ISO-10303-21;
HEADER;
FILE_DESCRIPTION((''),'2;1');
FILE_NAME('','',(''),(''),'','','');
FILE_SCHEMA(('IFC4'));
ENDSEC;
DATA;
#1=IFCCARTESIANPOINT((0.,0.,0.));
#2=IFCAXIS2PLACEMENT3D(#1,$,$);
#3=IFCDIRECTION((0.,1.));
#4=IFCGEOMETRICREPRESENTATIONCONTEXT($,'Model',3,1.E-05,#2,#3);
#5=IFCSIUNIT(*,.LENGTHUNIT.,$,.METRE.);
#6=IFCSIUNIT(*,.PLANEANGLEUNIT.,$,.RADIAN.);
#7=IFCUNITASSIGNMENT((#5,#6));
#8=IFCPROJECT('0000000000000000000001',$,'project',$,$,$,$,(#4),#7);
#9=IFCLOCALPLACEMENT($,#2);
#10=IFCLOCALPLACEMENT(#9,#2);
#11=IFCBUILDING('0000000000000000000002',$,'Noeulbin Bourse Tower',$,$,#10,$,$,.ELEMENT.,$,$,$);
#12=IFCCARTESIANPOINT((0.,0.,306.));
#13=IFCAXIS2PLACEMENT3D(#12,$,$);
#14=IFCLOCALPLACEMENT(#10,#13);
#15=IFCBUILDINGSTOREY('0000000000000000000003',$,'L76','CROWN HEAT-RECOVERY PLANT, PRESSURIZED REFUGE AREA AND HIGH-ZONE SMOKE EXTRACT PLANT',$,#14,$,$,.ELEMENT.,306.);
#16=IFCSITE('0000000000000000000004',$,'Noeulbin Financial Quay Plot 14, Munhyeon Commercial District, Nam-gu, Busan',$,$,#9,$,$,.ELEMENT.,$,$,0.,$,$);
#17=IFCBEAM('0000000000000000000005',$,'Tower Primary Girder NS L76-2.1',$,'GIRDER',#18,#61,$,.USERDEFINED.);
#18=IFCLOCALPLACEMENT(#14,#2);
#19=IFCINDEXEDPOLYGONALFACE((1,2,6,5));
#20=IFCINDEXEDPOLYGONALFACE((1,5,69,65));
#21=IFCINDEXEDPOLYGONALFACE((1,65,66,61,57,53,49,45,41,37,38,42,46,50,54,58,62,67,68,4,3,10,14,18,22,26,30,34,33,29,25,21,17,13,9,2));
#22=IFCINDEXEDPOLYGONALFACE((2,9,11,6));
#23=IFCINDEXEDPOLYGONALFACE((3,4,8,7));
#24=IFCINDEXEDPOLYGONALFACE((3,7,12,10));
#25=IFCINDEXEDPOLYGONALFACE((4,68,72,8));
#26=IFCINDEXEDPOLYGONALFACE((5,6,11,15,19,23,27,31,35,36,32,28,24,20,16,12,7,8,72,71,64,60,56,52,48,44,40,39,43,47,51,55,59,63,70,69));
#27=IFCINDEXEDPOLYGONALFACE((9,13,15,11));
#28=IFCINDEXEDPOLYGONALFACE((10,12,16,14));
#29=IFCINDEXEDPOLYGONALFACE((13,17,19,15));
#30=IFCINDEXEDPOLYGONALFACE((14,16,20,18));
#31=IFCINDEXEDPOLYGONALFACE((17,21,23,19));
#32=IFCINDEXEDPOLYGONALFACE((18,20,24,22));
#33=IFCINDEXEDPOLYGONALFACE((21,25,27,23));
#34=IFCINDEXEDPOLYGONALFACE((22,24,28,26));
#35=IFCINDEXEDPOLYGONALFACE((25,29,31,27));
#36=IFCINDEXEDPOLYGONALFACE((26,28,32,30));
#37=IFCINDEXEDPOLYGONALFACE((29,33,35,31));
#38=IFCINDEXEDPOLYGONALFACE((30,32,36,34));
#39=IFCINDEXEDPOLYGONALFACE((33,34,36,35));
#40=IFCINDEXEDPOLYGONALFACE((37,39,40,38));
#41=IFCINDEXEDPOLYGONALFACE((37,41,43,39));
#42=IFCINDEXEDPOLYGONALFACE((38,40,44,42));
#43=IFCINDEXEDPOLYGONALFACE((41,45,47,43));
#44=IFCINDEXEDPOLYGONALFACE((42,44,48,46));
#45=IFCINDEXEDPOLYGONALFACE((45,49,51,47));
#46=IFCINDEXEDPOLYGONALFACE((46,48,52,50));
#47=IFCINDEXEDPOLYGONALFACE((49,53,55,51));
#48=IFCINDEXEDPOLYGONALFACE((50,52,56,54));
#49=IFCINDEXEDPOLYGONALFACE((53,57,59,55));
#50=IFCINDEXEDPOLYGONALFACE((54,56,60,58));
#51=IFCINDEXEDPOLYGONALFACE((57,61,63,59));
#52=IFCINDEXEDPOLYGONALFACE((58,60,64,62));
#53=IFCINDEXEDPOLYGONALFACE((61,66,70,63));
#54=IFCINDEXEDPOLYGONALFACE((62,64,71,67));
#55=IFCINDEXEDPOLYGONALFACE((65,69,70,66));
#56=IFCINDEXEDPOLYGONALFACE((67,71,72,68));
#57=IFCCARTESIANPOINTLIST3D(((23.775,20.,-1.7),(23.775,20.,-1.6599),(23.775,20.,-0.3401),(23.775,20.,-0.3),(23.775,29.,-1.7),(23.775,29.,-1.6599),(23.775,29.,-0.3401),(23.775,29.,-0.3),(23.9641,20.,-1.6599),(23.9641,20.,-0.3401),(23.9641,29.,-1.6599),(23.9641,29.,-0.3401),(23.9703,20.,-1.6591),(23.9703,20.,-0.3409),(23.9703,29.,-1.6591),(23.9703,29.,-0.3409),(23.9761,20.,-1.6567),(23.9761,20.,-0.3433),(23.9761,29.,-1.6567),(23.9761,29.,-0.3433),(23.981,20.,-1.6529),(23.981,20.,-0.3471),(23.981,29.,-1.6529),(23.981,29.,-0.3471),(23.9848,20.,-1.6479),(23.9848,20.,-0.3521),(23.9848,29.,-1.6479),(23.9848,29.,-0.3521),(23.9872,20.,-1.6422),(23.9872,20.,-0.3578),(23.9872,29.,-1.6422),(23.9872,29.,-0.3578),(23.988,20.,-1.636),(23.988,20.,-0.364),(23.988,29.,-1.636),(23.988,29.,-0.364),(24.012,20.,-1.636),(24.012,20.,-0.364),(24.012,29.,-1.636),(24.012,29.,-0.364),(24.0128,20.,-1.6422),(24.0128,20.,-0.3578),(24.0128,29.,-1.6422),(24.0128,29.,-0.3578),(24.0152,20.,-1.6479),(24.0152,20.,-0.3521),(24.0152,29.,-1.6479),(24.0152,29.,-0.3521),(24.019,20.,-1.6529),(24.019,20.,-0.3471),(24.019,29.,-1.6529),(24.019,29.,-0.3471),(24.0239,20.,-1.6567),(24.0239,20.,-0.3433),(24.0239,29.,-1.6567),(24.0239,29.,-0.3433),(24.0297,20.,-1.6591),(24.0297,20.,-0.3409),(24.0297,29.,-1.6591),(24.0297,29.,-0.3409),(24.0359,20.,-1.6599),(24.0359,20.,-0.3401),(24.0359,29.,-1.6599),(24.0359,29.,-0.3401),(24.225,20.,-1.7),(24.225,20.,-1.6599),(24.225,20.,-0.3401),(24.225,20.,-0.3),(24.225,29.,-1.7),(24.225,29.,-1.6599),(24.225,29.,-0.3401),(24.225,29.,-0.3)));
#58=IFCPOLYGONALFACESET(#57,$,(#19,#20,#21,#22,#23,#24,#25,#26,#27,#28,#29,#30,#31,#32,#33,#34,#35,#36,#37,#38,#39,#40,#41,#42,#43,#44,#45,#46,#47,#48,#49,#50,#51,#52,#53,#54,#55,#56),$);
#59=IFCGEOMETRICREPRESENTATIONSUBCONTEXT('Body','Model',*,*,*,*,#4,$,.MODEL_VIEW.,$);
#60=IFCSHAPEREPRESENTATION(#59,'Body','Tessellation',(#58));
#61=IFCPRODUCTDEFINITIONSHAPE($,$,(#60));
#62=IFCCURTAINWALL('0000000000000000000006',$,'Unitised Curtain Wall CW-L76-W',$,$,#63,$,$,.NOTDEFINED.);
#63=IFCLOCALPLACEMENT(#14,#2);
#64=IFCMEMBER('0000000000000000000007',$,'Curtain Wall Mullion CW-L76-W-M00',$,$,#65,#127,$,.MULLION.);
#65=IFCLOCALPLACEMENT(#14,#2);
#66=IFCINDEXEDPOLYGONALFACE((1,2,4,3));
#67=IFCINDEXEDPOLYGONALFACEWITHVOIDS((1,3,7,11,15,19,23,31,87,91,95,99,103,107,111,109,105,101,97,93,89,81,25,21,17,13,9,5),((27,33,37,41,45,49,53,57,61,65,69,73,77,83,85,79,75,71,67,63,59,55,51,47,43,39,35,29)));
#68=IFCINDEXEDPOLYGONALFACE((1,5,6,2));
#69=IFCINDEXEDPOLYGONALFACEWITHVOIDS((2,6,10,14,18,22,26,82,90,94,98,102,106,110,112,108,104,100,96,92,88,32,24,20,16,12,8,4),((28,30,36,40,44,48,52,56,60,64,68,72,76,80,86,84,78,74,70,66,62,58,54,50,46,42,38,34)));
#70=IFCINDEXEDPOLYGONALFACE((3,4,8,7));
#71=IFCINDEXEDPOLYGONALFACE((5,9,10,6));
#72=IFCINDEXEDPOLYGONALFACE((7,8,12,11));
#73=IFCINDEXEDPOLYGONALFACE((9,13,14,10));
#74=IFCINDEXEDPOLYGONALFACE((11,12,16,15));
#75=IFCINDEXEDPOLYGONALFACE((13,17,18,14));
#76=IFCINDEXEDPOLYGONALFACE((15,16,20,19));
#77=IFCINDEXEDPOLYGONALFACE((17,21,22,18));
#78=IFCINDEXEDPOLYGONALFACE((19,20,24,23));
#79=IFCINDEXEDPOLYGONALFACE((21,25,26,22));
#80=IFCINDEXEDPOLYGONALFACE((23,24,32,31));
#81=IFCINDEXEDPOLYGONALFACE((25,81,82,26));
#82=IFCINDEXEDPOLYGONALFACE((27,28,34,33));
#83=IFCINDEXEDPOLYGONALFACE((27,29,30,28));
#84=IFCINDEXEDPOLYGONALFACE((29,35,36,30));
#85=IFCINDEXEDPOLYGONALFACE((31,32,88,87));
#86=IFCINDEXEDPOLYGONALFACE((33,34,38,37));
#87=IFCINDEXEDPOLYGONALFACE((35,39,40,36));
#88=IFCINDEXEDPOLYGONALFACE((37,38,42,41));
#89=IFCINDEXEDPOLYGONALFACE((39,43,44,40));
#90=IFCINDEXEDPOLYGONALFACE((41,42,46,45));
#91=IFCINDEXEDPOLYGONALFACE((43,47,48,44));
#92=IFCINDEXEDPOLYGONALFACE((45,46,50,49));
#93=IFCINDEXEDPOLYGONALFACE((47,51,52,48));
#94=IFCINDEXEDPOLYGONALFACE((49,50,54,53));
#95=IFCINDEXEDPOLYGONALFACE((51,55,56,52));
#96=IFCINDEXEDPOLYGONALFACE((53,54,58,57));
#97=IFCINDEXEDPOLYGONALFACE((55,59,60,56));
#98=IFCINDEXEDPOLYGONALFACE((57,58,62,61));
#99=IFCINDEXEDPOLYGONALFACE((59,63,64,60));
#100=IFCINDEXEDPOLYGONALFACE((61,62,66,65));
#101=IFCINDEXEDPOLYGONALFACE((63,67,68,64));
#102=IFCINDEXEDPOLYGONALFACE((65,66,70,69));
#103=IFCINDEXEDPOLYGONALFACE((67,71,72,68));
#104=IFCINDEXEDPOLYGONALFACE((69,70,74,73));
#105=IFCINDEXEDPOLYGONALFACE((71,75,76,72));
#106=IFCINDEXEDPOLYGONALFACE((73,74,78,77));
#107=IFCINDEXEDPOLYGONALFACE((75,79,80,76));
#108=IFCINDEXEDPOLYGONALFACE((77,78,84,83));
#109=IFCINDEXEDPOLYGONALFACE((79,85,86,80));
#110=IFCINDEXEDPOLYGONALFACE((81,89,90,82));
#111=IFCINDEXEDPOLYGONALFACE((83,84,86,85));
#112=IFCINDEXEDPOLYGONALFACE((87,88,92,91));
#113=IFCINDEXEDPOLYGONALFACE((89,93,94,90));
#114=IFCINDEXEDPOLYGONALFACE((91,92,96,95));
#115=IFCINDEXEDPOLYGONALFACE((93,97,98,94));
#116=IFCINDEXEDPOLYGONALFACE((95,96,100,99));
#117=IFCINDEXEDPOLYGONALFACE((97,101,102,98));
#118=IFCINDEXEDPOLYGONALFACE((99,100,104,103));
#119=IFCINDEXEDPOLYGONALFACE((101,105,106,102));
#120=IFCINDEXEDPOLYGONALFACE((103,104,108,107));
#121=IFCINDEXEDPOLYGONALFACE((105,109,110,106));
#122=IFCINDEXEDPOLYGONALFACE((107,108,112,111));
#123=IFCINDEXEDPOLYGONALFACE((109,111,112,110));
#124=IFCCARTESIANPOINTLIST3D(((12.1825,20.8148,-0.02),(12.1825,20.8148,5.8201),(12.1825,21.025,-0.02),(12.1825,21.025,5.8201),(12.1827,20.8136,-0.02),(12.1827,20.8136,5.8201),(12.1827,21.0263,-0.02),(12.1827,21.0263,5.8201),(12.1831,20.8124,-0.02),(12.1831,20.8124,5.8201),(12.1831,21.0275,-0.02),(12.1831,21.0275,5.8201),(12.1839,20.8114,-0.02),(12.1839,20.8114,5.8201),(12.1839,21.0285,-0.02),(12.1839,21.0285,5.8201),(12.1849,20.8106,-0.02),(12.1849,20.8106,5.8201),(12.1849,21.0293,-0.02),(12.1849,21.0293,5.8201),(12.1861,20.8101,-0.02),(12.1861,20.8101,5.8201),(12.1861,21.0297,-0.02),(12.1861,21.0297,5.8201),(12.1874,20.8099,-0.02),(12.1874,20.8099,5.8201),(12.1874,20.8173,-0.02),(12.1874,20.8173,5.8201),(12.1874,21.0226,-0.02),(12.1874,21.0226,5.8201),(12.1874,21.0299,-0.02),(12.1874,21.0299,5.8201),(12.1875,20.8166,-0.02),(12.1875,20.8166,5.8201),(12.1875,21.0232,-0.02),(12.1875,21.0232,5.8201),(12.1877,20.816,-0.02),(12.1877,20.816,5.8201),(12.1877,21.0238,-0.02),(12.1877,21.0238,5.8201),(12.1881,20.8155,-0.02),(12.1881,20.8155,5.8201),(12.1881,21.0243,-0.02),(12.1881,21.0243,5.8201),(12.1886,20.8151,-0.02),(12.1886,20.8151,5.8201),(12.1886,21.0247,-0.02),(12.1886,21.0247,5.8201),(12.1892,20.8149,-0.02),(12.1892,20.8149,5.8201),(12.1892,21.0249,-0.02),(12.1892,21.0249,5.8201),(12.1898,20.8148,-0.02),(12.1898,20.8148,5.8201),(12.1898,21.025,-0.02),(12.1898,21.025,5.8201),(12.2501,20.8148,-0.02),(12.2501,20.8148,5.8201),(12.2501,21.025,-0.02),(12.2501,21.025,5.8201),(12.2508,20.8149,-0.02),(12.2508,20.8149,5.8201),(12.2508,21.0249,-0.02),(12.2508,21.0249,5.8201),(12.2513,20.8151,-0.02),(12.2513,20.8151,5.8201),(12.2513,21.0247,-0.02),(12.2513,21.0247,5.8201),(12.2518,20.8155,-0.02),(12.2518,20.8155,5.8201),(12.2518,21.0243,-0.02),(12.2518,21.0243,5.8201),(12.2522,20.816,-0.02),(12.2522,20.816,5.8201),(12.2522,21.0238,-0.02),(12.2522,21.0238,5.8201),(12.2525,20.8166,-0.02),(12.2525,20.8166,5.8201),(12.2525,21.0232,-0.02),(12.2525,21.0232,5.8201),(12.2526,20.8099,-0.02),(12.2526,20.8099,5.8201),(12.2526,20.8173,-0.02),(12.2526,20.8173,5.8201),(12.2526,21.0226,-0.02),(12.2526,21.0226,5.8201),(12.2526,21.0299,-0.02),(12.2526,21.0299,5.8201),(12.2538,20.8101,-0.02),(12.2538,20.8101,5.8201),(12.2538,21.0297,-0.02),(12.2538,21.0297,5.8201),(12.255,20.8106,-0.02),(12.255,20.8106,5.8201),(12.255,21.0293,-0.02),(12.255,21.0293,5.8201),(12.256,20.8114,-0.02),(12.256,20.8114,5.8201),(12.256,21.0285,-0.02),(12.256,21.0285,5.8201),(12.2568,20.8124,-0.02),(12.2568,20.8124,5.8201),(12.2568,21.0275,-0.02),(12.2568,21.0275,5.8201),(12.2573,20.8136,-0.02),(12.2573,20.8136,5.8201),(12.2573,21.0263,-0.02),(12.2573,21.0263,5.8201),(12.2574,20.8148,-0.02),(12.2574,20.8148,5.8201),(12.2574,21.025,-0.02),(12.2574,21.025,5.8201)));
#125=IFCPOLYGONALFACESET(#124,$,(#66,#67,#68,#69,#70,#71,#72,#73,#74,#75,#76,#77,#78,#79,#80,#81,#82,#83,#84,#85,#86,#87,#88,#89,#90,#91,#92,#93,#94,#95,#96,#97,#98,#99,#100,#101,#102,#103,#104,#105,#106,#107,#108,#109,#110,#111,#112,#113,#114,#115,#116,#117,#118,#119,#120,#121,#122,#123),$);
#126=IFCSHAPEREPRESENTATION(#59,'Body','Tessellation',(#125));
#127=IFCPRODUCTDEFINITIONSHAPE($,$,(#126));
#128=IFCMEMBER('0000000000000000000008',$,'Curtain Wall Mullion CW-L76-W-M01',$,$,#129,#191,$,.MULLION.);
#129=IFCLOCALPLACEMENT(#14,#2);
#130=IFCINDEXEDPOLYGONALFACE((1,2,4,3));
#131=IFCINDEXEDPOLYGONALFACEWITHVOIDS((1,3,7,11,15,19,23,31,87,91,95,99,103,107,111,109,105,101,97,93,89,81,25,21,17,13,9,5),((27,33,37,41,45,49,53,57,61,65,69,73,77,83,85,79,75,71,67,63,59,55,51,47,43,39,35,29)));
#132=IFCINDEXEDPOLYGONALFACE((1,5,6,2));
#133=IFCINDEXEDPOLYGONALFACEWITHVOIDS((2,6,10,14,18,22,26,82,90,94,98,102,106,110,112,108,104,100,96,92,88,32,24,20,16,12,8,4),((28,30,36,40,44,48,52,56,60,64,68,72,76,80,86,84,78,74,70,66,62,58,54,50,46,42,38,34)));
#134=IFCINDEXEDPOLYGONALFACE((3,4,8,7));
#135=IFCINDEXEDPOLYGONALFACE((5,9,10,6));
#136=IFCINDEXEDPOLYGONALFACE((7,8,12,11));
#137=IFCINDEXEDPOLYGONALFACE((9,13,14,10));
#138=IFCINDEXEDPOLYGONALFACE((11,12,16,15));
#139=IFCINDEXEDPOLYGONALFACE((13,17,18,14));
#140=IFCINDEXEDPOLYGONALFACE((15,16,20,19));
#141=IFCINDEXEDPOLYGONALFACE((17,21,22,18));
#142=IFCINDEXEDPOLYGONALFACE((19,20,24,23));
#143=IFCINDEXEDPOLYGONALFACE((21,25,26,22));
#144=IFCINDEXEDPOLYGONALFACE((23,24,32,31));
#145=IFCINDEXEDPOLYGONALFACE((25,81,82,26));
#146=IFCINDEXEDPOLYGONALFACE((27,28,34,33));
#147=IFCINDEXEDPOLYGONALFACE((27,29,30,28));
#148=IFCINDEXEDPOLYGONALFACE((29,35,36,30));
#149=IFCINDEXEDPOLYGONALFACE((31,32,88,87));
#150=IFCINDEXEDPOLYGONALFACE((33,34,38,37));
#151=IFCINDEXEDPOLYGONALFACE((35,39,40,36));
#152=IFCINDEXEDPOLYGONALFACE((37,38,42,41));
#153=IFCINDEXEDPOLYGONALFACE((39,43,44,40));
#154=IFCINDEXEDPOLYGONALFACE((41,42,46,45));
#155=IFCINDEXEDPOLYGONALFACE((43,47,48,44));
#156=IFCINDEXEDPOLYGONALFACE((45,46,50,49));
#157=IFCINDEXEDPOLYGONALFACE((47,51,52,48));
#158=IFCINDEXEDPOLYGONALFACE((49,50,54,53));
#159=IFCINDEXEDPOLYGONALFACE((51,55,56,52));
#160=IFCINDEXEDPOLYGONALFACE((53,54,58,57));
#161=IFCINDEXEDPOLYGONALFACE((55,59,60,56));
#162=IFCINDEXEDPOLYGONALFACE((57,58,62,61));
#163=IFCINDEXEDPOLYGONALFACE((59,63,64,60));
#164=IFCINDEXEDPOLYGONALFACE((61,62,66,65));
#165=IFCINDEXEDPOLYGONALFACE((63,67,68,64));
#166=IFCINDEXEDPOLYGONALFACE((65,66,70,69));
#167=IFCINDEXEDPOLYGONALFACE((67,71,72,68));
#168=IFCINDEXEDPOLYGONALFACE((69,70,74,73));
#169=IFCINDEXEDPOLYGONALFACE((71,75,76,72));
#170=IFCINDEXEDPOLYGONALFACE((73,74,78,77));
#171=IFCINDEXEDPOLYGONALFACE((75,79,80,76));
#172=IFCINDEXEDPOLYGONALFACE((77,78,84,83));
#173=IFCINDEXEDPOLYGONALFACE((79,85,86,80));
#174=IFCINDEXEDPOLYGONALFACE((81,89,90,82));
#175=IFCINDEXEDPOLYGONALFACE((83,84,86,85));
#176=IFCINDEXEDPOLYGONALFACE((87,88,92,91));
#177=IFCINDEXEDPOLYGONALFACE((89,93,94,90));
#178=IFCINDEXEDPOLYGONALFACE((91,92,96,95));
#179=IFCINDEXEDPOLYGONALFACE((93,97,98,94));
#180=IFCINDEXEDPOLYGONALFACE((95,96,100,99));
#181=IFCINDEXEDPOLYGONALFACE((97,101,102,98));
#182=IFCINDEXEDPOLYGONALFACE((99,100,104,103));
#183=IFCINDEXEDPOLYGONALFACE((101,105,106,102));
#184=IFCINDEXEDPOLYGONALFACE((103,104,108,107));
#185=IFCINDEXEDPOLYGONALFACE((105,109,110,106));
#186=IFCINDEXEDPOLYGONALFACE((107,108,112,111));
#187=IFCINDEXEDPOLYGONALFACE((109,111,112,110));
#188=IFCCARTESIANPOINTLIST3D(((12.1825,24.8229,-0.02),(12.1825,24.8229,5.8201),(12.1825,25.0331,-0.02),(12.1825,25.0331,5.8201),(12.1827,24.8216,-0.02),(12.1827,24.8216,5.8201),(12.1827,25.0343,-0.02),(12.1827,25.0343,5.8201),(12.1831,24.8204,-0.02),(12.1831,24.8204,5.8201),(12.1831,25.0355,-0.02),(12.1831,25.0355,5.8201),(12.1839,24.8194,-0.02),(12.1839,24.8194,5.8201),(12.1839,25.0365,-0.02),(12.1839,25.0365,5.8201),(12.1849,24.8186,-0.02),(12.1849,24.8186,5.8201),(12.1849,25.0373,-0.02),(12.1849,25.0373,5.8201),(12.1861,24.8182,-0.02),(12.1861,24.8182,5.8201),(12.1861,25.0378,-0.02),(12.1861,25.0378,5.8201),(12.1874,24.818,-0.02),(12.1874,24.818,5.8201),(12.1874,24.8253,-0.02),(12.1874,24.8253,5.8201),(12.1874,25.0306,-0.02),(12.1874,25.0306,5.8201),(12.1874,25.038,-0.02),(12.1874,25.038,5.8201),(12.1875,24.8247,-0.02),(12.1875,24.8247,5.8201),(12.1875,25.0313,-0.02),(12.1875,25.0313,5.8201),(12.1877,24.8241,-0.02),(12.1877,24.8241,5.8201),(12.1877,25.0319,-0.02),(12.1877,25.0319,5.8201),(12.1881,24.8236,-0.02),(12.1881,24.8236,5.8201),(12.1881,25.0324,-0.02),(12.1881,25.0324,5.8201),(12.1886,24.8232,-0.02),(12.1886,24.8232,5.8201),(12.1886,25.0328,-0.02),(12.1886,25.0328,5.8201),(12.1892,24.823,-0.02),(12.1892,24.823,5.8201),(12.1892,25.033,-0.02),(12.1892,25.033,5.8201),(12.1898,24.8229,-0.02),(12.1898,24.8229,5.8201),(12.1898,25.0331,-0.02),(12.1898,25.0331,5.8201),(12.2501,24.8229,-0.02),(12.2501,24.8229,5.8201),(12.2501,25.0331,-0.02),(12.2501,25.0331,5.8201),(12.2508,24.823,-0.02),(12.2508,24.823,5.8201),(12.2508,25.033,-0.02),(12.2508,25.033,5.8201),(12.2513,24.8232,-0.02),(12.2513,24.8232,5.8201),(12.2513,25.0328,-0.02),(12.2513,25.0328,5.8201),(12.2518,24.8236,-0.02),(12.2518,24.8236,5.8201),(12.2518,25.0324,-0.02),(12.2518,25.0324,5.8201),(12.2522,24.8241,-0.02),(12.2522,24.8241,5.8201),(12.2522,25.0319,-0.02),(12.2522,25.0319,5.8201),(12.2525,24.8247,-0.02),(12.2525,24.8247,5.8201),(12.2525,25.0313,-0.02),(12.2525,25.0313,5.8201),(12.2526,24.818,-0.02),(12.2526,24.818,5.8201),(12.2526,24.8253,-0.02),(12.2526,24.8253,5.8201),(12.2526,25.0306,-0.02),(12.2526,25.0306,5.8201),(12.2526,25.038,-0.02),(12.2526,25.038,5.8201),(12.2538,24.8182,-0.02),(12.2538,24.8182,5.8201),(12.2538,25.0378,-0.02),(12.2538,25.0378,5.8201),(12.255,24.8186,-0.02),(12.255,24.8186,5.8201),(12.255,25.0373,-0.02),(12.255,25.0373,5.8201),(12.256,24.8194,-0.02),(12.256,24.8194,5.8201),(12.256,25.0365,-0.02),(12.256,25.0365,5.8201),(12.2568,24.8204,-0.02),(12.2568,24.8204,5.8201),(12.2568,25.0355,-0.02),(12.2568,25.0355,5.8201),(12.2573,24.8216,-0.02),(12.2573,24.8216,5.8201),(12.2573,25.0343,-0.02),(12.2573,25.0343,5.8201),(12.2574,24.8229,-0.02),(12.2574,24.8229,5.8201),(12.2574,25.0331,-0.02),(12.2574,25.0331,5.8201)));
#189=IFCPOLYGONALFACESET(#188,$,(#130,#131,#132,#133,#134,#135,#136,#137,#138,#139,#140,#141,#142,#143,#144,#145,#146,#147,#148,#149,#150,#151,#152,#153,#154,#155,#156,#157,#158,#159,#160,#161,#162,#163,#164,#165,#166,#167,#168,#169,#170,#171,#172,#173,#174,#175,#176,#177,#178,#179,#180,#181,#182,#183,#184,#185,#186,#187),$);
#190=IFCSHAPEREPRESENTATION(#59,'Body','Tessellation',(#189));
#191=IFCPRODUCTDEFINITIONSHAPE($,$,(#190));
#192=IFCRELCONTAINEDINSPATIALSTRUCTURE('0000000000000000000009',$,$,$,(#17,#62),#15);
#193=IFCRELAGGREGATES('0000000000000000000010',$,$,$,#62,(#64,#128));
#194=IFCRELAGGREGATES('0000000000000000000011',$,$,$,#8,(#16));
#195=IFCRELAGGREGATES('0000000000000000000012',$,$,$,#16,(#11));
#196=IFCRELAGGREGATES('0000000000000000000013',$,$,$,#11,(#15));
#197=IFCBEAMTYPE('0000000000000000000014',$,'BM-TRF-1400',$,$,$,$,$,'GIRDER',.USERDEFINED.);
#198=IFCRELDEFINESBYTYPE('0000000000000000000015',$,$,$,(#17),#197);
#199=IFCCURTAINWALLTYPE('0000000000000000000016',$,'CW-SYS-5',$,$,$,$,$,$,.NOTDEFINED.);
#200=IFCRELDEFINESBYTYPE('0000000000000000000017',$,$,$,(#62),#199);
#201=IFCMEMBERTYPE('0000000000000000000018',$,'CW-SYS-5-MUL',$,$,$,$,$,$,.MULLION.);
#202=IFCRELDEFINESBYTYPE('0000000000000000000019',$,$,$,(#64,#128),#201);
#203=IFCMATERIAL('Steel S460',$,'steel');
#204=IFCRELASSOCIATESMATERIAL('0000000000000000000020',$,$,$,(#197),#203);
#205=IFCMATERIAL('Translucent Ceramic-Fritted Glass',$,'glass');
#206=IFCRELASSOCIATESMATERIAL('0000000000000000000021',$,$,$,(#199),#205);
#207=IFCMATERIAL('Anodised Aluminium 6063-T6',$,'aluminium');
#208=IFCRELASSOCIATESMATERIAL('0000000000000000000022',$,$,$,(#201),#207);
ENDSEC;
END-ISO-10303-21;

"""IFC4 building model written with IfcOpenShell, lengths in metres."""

from ifc_helpers import new_model, si_unit, direction, frame, origin, origin_2d, place, context, subcontext, project, spatial, hollow_rectangle, i_section, extrude, material, material_profile, profile_set, type_object, element, aggregate, save


model = new_model("IFC4")

# Units and contexts
model_context = context("Model", 3, precision=1e-05, world=origin(), true_north=direction((0.0, 1.0)))
body_context = subcontext(model_context, "Body", "Model", "MODEL_VIEW")
ifc_project = project(units=[si_unit("LENGTHUNIT", "METRE"), si_unit("PLANEANGLEUNIT", "RADIAN")], contexts=[model_context])

# Site, building, storey
site_placement = place(None, origin())
site = spatial("IfcSite", under=ifc_project, at=site_placement, Name="Noeulbin Financial Quay Plot 14, Munhyeon Commercial District, Nam-gu, Busan", CompositionType="ELEMENT", RefElevation=0.0)
building_placement = place(site_placement, origin())
building = spatial("IfcBuilding", under=site, at=building_placement, Name="Noeulbin Bourse Tower", CompositionType="ELEMENT")
storey_placement = place(building_placement, frame((0.0, 0.0, 306.0)))
storey = spatial("IfcBuildingStorey", under=building, at=storey_placement, Name="L76", Description="CROWN HEAT-RECOVERY PLANT, PRESSURIZED REFUGE AREA AND HIGH-ZONE SMOKE EXTRACT PLANT", CompositionType="ELEMENT", Elevation=306.0)

# Beam
ifc_material_1 = material(Name="Steel S460", Category="steel")
ifc_material_profile_1 = material_profile(ifc_material_1, i_section(OverallWidth=0.45, OverallDepth=1.3999, WebThickness=0.0239, FlangeThickness=0.04, FilletRadius=0.0239, at=origin_2d()), Name="PG-1400x450x24x40", Category="LoadBearing")
ifc_profile_set_1 = profile_set([ifc_material_profile_1], Name="Steel S460")
beam_type = type_object("IfcBeamType", Name="BM-TRF-1400", ElementType="GIRDER", PredefinedType="USERDEFINED", material=ifc_profile_set_1)
beam_1_placement = place(storey_placement, frame((24.0, 20.0, -1.0), z_axis=(0.0, 1.0, 0.0), x_axis=(-1.0, 0.0, 0.0)))
element("IfcBeam", 1, at=beam_1_placement, inside=storey, type_object=beam_type, Name="Tower Primary Girder NS L76-2.1", ObjectType="GIRDER", PredefinedType="USERDEFINED", context=body_context, shape_type="SweptSolid", body=[
    extrude(i_section(OverallWidth=0.45, OverallDepth=1.3999, WebThickness=0.0239, FlangeThickness=0.04, FilletRadius=0.0239, at=origin_2d()), origin(), (0.0, 0.0, 1.0), 9.0),
])

# Curtain wall, members
ifc_material_2 = material(Name="Translucent Ceramic-Fritted Glass", Category="glass")
curtain_wall_type = type_object("IfcCurtainWallType", Name="CW-SYS-5", PredefinedType="NOTDEFINED", material=ifc_material_2)
curtain_wall_placement = place(storey_placement, origin())
curtain_wall = element("IfcCurtainWall", 2, at=curtain_wall_placement, inside=storey, type_object=curtain_wall_type, Name="Unitised Curtain Wall CW-L76-W", PredefinedType="NOTDEFINED")
ifc_material_3 = material(Name="Anodised Aluminium 6063-T6", Category="aluminium")
ifc_material_profile_2 = material_profile(ifc_material_3, hollow_rectangle(XDim=0.075, YDim=0.22, WallThickness=0.0049, InnerFilletRadius=0.0024, OuterFilletRadius=0.0049, at=origin_2d()), Name="ALU-MULL-75x220x5", Category="LoadBearing")
ifc_profile_set_2 = profile_set([ifc_material_profile_2], Name="Anodised Aluminium 6063-T6")
member_type_1 = type_object("IfcMemberType", Name="CW-SYS-5-MUL", PredefinedType="MULLION", material=ifc_profile_set_2)
member_1_placement = place(storey_placement, frame((12.22, 20.9199, -0.02), z_axis=(0.0, 0.0, 1.0), x_axis=(1.0, 0.0, 0.0)))
member_1 = element("IfcMember", 3, at=member_1_placement, type_object=member_type_1, Name="Curtain Wall Mullion CW-L76-W-M00", PredefinedType="MULLION", context=body_context, shape_type="SweptSolid", body=[
    extrude(hollow_rectangle(XDim=0.075, YDim=0.22, WallThickness=0.0049, InnerFilletRadius=0.0024, OuterFilletRadius=0.0049, at=origin_2d()), origin(), (0.0, 0.0, 1.0), 5.8401),
])
member_2_placement = place(storey_placement, frame((12.22, 24.928, -0.02), z_axis=(0.0, 0.0, 1.0), x_axis=(1.0, 0.0, 0.0)))
member_2 = element("IfcMember", 4, at=member_2_placement, type_object=member_type_1, Name="Curtain Wall Mullion CW-L76-W-M01", PredefinedType="MULLION", context=body_context, shape_type="SweptSolid", body=[
    extrude(hollow_rectangle(XDim=0.075, YDim=0.22, WallThickness=0.0049, InnerFilletRadius=0.0024, OuterFilletRadius=0.0049, at=origin_2d()), origin(), (0.0, 0.0, 1.0), 5.8401),
])
aggregate(curtain_wall, [member_1, member_2])

save(model, "model.ifc")
